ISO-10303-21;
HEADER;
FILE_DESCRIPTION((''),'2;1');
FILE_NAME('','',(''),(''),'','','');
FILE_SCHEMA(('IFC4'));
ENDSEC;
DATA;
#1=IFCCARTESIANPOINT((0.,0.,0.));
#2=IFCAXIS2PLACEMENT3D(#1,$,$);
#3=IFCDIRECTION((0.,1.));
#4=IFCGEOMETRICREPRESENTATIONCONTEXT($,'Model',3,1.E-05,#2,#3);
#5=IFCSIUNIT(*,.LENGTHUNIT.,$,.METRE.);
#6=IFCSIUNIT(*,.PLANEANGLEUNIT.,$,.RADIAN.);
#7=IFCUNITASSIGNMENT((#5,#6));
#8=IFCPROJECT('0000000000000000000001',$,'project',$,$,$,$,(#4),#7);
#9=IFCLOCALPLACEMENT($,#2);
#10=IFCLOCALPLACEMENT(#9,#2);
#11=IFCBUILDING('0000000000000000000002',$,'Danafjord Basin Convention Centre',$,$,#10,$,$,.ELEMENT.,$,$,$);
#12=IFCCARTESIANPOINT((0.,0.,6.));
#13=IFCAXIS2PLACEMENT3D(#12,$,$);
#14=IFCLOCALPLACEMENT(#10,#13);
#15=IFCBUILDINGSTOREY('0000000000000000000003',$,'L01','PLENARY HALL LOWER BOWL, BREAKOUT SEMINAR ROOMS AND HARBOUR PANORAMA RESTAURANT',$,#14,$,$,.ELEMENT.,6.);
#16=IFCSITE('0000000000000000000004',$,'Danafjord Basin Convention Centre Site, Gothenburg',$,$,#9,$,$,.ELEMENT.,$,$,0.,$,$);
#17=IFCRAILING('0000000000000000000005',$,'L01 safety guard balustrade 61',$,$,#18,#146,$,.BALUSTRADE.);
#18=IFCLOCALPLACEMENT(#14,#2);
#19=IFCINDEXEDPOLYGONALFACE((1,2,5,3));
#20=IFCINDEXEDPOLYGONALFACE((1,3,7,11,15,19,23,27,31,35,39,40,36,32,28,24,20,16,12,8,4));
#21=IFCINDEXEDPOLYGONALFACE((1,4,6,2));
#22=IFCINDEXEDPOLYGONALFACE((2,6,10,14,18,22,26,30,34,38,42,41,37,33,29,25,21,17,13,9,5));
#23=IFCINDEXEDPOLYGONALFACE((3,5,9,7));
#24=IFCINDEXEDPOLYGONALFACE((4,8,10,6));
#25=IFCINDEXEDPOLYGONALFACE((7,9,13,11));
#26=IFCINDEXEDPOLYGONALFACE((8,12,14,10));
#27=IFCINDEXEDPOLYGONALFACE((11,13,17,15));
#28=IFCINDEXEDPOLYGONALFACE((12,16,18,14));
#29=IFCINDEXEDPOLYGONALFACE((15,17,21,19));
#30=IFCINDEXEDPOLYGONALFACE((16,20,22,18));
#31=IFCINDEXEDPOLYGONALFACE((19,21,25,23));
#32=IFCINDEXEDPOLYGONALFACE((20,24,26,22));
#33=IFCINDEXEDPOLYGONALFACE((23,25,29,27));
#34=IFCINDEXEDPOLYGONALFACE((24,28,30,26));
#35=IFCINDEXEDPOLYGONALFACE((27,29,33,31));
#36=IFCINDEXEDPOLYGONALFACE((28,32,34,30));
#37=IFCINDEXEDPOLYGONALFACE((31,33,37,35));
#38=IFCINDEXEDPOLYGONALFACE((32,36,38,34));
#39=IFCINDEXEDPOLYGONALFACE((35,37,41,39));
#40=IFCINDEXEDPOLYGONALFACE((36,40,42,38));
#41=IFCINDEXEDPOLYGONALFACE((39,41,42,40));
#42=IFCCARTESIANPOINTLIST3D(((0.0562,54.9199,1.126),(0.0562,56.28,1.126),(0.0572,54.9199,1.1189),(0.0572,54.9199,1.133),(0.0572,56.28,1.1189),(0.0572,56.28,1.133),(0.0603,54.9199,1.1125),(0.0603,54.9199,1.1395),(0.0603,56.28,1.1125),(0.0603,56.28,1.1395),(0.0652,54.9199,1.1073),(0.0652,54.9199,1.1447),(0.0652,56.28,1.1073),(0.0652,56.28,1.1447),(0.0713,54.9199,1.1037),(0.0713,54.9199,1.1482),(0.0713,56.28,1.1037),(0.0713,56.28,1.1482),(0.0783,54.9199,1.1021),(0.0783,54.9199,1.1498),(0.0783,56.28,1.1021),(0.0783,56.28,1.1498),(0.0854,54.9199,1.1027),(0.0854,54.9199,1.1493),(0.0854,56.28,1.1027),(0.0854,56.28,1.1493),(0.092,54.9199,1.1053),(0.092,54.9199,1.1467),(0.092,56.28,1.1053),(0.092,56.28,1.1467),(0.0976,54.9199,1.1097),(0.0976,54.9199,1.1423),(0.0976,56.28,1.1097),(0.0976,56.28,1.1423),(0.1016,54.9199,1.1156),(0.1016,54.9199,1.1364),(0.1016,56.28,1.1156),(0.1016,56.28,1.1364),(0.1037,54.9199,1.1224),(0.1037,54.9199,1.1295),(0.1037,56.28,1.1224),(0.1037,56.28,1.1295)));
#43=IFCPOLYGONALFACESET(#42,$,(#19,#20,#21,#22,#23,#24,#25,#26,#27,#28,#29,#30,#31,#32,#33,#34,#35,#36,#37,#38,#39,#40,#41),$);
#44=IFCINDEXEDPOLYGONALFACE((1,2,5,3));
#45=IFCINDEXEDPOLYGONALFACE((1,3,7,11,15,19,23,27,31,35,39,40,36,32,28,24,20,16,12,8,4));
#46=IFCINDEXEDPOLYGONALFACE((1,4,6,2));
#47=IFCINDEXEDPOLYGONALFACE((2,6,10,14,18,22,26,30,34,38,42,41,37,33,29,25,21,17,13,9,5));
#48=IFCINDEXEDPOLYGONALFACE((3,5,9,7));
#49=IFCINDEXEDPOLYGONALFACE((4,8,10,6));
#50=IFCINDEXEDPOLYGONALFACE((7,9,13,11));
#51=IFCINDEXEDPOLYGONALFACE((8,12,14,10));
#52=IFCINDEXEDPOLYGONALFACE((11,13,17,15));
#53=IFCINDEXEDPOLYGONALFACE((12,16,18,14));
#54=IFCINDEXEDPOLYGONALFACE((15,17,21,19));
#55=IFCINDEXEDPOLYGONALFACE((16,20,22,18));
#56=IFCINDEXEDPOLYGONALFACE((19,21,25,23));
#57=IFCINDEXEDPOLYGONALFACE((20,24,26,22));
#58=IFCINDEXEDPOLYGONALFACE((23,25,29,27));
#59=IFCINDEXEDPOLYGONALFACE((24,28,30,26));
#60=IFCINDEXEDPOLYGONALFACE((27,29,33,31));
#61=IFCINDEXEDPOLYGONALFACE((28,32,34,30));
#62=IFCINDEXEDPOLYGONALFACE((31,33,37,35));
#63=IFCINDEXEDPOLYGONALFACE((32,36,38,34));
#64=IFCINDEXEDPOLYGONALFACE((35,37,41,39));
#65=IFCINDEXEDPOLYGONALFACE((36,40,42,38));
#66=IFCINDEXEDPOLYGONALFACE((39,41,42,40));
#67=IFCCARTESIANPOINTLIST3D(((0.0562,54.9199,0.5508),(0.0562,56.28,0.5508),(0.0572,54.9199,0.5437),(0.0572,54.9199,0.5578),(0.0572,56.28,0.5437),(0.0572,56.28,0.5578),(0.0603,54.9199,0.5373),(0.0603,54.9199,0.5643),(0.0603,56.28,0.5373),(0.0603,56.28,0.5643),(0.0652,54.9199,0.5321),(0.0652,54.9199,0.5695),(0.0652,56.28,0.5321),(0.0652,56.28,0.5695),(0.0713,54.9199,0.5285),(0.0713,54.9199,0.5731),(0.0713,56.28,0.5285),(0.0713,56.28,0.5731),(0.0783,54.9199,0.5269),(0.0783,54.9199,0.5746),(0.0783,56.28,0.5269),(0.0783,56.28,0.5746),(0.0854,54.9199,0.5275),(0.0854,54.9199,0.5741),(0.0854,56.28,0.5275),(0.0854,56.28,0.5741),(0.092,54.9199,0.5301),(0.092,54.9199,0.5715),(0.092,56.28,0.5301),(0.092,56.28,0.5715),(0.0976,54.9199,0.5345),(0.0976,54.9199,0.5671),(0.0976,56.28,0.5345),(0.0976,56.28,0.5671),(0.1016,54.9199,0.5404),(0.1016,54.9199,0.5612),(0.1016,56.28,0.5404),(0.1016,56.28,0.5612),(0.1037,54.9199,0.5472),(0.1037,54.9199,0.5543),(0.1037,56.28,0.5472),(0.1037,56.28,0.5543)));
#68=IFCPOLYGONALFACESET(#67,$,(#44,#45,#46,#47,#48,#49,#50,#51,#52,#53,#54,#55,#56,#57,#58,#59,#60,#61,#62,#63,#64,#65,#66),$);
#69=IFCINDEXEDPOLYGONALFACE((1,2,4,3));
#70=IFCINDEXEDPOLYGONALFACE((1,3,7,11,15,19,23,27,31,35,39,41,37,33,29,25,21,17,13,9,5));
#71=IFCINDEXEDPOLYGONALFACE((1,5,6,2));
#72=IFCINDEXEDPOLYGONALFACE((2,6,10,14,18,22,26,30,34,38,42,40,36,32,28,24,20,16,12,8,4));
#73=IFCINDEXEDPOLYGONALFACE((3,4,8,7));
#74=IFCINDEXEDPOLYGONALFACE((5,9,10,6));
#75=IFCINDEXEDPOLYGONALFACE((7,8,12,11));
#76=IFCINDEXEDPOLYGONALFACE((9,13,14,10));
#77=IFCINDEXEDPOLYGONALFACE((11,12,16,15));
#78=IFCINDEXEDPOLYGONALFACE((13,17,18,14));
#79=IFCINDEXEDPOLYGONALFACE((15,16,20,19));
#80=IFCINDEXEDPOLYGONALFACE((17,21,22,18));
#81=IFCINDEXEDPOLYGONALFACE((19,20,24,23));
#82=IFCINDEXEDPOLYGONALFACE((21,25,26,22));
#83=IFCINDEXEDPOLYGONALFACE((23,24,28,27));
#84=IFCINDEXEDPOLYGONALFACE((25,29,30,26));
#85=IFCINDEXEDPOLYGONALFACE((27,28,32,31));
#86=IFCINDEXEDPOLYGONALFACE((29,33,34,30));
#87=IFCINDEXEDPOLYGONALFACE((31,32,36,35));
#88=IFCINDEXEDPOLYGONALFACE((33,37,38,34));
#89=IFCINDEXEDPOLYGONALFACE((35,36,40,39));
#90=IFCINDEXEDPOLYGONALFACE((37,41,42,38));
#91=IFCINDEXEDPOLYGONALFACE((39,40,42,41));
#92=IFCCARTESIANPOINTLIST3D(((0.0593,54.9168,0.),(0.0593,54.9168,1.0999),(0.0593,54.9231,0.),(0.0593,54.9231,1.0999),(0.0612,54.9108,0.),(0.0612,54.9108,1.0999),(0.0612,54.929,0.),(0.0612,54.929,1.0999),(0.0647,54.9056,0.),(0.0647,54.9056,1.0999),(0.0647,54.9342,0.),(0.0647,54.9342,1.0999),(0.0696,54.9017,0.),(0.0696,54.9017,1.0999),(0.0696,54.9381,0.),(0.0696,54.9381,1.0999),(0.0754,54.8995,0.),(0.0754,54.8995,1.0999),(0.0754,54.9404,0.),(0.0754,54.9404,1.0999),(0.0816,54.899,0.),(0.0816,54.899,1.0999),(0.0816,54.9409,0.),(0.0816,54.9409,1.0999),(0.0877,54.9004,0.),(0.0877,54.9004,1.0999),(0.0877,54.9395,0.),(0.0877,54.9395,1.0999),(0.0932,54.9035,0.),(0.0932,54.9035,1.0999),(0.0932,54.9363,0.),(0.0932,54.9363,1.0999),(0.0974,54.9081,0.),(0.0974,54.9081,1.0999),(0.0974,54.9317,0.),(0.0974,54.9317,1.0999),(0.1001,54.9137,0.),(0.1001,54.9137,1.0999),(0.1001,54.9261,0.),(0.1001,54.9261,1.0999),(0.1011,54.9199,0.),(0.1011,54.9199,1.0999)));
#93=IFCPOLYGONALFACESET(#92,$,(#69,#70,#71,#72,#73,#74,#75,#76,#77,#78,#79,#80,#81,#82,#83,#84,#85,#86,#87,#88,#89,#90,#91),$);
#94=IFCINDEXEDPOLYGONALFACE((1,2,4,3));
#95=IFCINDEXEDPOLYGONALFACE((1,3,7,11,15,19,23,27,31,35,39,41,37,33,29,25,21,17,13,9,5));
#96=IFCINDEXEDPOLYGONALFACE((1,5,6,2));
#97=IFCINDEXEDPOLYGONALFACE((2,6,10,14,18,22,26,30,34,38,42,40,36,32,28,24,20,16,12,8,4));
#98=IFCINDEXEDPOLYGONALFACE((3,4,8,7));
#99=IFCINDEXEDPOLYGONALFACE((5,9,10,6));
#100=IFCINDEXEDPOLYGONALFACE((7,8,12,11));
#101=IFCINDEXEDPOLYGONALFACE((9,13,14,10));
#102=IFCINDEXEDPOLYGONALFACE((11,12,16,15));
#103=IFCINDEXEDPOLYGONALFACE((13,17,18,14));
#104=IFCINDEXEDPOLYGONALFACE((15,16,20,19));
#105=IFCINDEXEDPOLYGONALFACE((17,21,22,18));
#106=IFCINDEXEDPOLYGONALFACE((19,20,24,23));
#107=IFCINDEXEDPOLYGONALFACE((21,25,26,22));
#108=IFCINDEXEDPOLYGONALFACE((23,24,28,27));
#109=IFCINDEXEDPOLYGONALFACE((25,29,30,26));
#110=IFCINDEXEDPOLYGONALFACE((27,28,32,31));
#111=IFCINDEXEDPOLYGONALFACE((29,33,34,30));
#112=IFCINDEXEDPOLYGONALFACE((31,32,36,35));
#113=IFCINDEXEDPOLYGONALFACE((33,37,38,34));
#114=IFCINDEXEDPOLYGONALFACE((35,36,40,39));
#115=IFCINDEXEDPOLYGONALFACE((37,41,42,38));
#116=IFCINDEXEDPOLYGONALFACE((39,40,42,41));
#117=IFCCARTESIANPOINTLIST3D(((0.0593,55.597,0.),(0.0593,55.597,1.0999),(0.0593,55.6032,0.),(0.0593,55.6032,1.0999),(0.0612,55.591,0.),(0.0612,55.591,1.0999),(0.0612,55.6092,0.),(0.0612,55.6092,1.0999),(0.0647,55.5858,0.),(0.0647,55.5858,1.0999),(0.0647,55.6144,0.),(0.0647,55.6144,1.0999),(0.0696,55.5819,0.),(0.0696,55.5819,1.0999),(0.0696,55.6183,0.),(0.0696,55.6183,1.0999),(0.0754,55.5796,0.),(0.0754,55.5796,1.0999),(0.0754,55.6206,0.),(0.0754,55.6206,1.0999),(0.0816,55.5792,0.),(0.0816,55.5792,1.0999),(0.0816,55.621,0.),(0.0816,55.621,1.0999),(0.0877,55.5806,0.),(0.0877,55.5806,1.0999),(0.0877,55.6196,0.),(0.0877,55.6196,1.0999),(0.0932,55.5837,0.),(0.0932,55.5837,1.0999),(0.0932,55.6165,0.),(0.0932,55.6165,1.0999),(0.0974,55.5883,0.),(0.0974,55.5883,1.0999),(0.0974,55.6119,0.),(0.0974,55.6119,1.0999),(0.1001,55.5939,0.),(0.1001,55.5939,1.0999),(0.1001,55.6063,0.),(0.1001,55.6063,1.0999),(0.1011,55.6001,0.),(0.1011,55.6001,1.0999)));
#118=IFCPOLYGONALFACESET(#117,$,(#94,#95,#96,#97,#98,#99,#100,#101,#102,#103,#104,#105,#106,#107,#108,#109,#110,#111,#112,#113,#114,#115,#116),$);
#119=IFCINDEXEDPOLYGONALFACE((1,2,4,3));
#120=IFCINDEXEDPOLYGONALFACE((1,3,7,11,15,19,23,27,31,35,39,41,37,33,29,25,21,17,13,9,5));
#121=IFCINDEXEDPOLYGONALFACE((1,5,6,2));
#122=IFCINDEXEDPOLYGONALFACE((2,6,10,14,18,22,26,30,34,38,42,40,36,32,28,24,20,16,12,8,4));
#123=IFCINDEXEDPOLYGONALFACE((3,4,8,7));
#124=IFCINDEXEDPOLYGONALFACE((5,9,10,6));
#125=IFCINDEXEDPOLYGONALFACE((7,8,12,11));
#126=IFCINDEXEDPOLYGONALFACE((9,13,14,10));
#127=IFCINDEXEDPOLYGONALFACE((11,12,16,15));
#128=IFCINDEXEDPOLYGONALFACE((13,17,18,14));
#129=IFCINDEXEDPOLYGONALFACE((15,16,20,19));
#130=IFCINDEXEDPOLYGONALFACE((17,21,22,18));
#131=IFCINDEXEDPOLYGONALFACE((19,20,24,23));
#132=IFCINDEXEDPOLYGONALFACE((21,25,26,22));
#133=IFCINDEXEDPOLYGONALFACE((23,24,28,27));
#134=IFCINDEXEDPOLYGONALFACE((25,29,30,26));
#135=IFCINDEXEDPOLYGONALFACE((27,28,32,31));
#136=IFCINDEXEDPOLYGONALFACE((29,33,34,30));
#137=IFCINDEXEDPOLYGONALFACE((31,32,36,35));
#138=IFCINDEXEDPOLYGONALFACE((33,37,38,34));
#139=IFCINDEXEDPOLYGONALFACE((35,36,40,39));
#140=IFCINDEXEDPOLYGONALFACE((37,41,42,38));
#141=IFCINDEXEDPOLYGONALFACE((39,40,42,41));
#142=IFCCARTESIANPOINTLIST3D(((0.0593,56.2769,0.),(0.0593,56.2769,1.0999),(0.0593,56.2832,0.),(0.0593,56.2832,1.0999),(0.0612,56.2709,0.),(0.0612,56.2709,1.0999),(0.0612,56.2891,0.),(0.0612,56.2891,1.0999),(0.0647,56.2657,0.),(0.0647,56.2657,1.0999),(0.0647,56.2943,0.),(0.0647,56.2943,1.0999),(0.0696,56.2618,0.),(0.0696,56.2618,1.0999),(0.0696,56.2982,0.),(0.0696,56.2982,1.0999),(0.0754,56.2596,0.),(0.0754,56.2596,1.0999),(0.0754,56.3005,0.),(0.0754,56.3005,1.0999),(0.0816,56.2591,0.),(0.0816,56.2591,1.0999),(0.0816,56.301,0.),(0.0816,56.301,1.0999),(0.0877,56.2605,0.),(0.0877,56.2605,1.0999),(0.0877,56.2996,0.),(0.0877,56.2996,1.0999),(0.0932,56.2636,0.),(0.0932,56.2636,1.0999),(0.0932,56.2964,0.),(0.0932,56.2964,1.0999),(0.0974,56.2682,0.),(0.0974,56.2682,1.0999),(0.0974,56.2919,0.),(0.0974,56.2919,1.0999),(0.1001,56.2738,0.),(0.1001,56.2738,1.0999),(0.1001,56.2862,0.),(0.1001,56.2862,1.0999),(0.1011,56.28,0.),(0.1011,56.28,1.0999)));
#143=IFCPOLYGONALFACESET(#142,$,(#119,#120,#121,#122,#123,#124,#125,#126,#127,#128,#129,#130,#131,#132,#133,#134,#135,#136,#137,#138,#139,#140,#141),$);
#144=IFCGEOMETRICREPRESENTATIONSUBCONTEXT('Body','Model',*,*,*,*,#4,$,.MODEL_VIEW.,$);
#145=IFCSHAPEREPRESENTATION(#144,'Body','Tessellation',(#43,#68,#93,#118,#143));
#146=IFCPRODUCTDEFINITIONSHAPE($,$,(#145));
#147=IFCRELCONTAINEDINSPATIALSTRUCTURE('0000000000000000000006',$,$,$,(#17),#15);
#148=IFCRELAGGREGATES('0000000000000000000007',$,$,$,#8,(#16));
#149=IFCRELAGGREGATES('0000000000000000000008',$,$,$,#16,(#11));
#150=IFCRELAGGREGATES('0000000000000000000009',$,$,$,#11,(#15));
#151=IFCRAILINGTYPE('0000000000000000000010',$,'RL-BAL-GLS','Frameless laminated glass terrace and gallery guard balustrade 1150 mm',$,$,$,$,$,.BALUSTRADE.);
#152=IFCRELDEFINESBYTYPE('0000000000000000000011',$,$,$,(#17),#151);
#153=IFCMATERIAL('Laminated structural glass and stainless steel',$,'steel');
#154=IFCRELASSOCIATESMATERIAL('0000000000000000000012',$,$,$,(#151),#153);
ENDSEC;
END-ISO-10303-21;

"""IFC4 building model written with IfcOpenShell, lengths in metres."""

from ifc_helpers import new_model, si_unit, direction, frame, origin, origin_2d, place, context, subcontext, project, spatial, circle, extrude, material, type_object, element, save


model = new_model("IFC4")

# Units and contexts
model_context = context("Model", 3, precision=1e-05, world=origin(), true_north=direction((0.0, 1.0)))
body_context = subcontext(model_context, "Body", "Model", "MODEL_VIEW")
ifc_project = project(units=[si_unit("LENGTHUNIT", "METRE"), si_unit("PLANEANGLEUNIT", "RADIAN")], contexts=[model_context])

# Site, building, storey
site_placement = place(None, origin())
site = spatial("IfcSite", under=ifc_project, at=site_placement, Name="Danafjord Basin Convention Centre Site, Gothenburg", CompositionType="ELEMENT", RefElevation=0.0)
building_placement = place(site_placement, origin())
building = spatial("IfcBuilding", under=site, at=building_placement, Name="Danafjord Basin Convention Centre", CompositionType="ELEMENT")
storey_placement = place(building_placement, frame((0.0, 0.0, 6.0)))
storey = spatial("IfcBuildingStorey", under=building, at=storey_placement, Name="L01", Description="PLENARY HALL LOWER BOWL, BREAKOUT SEMINAR ROOMS AND HARBOUR PANORAMA RESTAURANT", CompositionType="ELEMENT", Elevation=6.0)

# Railing
ifc_material_1 = material(Name="Laminated structural glass and stainless steel", Category="steel")
railing_type_1 = type_object("IfcRailingType", Name="RL-BAL-GLS", Description="Frameless laminated glass terrace and gallery guard balustrade 1150 mm", PredefinedType="BALUSTRADE", material=ifc_material_1)
railing_1_placement = place(storey_placement, frame((0.0801, 54.9199, 0.0)))
element("IfcRailing", 1, at=railing_1_placement, inside=storey, type_object=railing_type_1, Name="L01 safety guard balustrade 61", PredefinedType="BALUSTRADE", context=body_context, shape_type="SweptSolid", body=[
    extrude(circle(Radius=0.0239, at=origin_2d()), frame((0.0, 0.0, 1.126), z_axis=(0.0, 1.0, 0.0), x_axis=(-1.0, 0.0, 0.0)), (0.0, 0.0, 1.0), 1.3601),
    extrude(circle(Radius=0.0239, at=origin_2d()), frame((0.0, 0.0, 0.5508), z_axis=(0.0, 1.0, 0.0), x_axis=(-1.0, 0.0, 0.0)), (0.0, 0.0, 1.0), 1.3601),
    extrude(circle(Radius=0.021, at=origin_2d()), origin(), (0.0, 0.0, 1.0), 1.0999),
    extrude(circle(Radius=0.021, at=origin_2d()), frame((0.0, 0.6802, 0.0)), (0.0, 0.0, 1.0), 1.0999),
    extrude(circle(Radius=0.021, at=origin_2d()), frame((0.0, 1.3601, 0.0)), (0.0, 0.0, 1.0), 1.0999),
])

save(model, "model.ifc")
